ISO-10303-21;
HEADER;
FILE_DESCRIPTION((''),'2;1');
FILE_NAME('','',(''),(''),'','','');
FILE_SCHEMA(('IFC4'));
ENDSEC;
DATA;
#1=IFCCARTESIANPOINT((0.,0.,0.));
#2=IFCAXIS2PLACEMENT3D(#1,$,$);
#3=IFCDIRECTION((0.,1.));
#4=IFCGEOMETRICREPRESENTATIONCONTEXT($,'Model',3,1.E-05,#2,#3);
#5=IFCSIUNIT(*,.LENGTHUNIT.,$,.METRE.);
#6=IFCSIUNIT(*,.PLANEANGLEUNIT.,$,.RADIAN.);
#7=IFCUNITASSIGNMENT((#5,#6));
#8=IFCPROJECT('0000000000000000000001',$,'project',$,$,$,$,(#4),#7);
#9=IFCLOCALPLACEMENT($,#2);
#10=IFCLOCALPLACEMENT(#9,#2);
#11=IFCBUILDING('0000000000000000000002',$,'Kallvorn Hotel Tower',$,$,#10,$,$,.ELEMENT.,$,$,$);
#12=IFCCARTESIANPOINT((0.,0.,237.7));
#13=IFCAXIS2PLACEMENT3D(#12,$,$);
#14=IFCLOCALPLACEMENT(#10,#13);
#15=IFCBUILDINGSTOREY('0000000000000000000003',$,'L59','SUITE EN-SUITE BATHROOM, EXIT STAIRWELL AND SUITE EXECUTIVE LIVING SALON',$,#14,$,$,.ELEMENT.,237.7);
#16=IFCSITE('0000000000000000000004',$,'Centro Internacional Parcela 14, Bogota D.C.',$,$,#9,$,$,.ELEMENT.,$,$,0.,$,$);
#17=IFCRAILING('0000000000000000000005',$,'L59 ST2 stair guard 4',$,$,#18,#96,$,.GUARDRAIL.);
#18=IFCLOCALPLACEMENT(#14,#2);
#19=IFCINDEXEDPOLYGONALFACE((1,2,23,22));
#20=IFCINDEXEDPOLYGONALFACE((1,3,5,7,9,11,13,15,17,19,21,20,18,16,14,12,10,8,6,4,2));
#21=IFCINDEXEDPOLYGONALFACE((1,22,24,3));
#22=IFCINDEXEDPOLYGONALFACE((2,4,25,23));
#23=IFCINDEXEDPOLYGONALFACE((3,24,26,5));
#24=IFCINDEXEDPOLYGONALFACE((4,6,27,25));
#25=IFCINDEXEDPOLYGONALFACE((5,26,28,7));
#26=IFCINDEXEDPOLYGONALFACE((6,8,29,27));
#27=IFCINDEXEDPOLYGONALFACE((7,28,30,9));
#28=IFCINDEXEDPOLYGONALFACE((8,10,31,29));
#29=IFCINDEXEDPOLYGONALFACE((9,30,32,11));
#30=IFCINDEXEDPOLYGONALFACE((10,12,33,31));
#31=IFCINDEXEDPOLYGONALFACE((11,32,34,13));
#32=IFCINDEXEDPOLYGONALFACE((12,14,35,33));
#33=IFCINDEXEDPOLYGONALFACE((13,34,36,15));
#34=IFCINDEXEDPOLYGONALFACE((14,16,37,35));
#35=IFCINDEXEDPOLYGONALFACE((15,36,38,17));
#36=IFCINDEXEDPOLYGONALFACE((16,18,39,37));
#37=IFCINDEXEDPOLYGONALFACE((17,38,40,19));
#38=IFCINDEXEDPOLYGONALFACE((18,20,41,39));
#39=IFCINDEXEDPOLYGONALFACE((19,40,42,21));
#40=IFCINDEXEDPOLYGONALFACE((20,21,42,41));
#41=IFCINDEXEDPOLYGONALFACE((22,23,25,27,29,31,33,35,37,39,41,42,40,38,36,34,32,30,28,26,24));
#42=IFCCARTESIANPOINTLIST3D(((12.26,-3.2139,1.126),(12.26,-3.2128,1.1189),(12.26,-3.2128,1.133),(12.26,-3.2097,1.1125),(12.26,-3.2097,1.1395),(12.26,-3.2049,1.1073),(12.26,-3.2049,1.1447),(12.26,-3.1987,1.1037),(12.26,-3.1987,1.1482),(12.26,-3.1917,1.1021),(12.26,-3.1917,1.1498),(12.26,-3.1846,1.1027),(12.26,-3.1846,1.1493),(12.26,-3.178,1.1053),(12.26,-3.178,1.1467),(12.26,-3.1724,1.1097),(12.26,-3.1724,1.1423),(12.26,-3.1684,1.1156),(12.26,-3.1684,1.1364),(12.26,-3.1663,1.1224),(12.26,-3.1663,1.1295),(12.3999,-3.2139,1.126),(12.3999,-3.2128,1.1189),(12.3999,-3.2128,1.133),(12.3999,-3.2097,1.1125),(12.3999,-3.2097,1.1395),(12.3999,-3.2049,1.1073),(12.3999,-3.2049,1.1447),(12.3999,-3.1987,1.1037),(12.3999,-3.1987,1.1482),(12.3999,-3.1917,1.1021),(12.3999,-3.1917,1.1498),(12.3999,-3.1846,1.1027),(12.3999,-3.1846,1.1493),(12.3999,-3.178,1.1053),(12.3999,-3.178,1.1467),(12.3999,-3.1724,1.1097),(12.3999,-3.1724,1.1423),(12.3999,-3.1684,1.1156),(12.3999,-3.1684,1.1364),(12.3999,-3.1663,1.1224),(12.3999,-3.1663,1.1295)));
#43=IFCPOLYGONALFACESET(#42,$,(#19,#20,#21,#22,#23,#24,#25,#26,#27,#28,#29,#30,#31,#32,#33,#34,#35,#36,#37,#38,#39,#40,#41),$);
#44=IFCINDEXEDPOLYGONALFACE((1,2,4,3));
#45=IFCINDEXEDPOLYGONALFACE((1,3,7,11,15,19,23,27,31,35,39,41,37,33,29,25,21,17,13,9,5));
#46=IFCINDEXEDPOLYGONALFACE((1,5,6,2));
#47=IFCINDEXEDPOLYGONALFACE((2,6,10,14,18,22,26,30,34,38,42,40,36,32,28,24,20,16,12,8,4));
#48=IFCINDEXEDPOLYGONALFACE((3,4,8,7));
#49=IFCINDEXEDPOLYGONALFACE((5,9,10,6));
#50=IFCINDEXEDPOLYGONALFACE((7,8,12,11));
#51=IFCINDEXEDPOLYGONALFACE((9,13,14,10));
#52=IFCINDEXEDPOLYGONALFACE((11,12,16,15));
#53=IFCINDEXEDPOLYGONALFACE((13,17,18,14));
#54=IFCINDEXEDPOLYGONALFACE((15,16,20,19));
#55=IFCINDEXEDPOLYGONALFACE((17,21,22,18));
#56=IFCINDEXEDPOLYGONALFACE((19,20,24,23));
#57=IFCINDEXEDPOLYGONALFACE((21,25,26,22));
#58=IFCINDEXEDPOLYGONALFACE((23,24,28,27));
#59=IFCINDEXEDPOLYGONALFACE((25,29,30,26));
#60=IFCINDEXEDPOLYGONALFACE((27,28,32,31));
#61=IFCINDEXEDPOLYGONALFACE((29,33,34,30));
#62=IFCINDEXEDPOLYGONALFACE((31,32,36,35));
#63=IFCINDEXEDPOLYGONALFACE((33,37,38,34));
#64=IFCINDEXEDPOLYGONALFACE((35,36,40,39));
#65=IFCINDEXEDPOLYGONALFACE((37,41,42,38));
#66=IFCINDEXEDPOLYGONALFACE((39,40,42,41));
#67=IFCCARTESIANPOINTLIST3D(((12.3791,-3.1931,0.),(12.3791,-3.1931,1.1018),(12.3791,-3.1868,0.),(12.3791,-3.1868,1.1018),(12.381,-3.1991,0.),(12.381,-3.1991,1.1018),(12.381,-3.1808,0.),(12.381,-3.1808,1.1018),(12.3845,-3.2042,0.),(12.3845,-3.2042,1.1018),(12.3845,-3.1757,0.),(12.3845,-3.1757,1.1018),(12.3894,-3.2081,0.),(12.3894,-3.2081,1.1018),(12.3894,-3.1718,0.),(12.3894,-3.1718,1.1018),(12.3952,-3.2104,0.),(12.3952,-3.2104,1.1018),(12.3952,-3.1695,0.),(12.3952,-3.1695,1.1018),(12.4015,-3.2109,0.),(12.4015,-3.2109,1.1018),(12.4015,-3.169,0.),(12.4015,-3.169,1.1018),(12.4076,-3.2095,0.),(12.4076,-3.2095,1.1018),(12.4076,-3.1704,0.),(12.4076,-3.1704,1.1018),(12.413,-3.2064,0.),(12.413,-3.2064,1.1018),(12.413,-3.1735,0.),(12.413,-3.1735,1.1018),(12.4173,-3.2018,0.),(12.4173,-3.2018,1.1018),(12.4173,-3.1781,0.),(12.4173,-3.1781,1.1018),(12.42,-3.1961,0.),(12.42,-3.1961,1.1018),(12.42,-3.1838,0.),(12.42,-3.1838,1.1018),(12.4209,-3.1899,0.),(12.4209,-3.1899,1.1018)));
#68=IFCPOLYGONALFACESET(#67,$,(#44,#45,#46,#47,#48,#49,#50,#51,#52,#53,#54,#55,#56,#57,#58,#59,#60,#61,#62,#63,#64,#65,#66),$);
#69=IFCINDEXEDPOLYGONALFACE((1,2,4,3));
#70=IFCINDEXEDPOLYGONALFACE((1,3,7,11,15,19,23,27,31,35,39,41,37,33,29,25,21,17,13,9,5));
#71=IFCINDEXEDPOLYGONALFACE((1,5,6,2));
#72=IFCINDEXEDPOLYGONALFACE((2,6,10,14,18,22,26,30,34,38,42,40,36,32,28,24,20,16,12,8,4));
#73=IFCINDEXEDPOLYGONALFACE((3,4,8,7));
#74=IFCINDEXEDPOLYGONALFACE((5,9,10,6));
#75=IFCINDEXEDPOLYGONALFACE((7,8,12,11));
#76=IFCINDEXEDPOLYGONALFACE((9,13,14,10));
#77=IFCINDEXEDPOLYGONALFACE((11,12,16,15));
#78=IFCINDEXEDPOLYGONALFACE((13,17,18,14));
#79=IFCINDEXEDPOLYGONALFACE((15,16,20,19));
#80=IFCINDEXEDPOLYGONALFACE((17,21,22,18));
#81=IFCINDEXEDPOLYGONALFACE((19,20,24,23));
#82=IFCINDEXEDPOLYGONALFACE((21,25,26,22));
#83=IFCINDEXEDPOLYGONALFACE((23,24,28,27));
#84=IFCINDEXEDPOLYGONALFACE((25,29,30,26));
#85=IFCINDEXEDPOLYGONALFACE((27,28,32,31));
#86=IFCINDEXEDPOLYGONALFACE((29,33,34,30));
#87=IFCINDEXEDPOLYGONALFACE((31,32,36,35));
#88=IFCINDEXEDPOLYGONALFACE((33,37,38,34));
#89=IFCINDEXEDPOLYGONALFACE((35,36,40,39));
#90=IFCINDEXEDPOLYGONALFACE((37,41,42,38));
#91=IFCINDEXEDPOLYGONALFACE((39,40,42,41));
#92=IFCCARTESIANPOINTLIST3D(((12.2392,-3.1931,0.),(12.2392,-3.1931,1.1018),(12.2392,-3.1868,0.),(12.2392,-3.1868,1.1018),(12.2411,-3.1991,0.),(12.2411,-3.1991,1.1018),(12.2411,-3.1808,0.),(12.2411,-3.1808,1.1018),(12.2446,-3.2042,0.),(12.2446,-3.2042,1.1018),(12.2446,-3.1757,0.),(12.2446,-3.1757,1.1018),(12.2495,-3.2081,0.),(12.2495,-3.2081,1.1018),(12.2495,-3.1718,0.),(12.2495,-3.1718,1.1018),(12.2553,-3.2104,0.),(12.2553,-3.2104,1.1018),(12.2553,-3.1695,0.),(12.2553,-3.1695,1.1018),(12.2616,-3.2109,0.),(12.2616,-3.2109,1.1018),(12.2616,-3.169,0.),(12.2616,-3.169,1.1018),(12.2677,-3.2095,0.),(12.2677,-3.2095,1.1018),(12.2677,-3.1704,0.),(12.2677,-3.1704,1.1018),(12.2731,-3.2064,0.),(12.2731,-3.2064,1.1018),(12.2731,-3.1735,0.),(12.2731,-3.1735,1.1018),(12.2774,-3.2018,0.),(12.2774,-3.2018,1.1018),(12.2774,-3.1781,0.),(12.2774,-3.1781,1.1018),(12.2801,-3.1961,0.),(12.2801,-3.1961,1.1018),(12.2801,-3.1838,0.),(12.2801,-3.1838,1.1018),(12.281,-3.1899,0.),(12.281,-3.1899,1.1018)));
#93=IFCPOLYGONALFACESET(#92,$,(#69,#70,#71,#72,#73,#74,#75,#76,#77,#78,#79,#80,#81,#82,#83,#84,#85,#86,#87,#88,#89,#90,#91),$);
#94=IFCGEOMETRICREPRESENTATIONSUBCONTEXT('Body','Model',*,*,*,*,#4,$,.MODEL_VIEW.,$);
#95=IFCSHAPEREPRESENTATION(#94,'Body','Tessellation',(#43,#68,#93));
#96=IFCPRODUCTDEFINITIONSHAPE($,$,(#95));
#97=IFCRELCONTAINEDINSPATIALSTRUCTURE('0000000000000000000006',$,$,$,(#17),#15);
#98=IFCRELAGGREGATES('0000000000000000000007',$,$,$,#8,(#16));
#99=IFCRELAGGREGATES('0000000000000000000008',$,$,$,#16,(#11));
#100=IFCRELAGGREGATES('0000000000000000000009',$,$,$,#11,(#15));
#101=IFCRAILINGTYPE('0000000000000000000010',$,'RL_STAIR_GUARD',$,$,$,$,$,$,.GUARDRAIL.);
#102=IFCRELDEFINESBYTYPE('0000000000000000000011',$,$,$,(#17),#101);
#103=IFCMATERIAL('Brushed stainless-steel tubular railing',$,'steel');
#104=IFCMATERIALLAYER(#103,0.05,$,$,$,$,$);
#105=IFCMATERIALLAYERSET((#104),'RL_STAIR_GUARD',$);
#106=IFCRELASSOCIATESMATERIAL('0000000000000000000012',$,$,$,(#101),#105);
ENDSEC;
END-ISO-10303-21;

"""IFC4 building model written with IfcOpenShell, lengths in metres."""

from ifc_helpers import new_model, si_unit, direction, frame, origin, origin_2d, place, context, subcontext, project, spatial, circle, extrude, material, layer, layer_set, type_object, element, save


model = new_model("IFC4")

# Units and contexts
model_context = context("Model", 3, precision=1e-05, world=origin(), true_north=direction((0.0, 1.0)))
body_context = subcontext(model_context, "Body", "Model", "MODEL_VIEW")
ifc_project = project(units=[si_unit("LENGTHUNIT", "METRE"), si_unit("PLANEANGLEUNIT", "RADIAN")], contexts=[model_context])

# Site, building, storey
site_placement = place(None, origin())
site = spatial("IfcSite", under=ifc_project, at=site_placement, Name="Centro Internacional Parcela 14, Bogota D.C.", CompositionType="ELEMENT", RefElevation=0.0)
building_placement = place(site_placement, origin())
building = spatial("IfcBuilding", under=site, at=building_placement, Name="Kallvorn Hotel Tower", CompositionType="ELEMENT")
storey_placement = place(building_placement, frame((0.0, 0.0, 237.7)))
storey = spatial("IfcBuildingStorey", under=building, at=storey_placement, Name="L59", Description="SUITE EN-SUITE BATHROOM, EXIT STAIRWELL AND SUITE EXECUTIVE LIVING SALON", CompositionType="ELEMENT", Elevation=237.7)

# Railing
ifc_material_1 = material(Name="Brushed stainless-steel tubular railing", Category="steel")
ifc_layer_1 = layer(ifc_material_1, 0.05)
ifc_layer_set_1 = layer_set([ifc_layer_1], Name="RL_STAIR_GUARD")
railing_type_1 = type_object("IfcRailingType", Name="RL_STAIR_GUARD", PredefinedType="GUARDRAIL", material=ifc_layer_set_1)
railing_1_placement = place(storey_placement, frame((12.3999, -3.1899, 0.0)))
element("IfcRailing", 1, at=railing_1_placement, inside=storey, type_object=railing_type_1, Name="L59 ST2 stair guard 4", PredefinedType="GUARDRAIL", context=body_context, shape_type="SweptSolid", body=[
    extrude(circle(Radius=0.0239, at=origin_2d()), frame((0.0, 0.0, 1.126), z_axis=(-1.0, 0.0, 0.0), x_axis=(0.0, -1.0, 0.0)), (0.0, 0.0, 1.0), 0.1399),
    extrude(circle(Radius=0.021, at=origin_2d()), origin(), (0.0, 0.0, 1.0), 1.1018),
    extrude(circle(Radius=0.021, at=origin_2d()), frame((-0.1399, 0.0, 0.0)), (0.0, 0.0, 1.0), 1.1018),
])

save(model, "model.ifc")
